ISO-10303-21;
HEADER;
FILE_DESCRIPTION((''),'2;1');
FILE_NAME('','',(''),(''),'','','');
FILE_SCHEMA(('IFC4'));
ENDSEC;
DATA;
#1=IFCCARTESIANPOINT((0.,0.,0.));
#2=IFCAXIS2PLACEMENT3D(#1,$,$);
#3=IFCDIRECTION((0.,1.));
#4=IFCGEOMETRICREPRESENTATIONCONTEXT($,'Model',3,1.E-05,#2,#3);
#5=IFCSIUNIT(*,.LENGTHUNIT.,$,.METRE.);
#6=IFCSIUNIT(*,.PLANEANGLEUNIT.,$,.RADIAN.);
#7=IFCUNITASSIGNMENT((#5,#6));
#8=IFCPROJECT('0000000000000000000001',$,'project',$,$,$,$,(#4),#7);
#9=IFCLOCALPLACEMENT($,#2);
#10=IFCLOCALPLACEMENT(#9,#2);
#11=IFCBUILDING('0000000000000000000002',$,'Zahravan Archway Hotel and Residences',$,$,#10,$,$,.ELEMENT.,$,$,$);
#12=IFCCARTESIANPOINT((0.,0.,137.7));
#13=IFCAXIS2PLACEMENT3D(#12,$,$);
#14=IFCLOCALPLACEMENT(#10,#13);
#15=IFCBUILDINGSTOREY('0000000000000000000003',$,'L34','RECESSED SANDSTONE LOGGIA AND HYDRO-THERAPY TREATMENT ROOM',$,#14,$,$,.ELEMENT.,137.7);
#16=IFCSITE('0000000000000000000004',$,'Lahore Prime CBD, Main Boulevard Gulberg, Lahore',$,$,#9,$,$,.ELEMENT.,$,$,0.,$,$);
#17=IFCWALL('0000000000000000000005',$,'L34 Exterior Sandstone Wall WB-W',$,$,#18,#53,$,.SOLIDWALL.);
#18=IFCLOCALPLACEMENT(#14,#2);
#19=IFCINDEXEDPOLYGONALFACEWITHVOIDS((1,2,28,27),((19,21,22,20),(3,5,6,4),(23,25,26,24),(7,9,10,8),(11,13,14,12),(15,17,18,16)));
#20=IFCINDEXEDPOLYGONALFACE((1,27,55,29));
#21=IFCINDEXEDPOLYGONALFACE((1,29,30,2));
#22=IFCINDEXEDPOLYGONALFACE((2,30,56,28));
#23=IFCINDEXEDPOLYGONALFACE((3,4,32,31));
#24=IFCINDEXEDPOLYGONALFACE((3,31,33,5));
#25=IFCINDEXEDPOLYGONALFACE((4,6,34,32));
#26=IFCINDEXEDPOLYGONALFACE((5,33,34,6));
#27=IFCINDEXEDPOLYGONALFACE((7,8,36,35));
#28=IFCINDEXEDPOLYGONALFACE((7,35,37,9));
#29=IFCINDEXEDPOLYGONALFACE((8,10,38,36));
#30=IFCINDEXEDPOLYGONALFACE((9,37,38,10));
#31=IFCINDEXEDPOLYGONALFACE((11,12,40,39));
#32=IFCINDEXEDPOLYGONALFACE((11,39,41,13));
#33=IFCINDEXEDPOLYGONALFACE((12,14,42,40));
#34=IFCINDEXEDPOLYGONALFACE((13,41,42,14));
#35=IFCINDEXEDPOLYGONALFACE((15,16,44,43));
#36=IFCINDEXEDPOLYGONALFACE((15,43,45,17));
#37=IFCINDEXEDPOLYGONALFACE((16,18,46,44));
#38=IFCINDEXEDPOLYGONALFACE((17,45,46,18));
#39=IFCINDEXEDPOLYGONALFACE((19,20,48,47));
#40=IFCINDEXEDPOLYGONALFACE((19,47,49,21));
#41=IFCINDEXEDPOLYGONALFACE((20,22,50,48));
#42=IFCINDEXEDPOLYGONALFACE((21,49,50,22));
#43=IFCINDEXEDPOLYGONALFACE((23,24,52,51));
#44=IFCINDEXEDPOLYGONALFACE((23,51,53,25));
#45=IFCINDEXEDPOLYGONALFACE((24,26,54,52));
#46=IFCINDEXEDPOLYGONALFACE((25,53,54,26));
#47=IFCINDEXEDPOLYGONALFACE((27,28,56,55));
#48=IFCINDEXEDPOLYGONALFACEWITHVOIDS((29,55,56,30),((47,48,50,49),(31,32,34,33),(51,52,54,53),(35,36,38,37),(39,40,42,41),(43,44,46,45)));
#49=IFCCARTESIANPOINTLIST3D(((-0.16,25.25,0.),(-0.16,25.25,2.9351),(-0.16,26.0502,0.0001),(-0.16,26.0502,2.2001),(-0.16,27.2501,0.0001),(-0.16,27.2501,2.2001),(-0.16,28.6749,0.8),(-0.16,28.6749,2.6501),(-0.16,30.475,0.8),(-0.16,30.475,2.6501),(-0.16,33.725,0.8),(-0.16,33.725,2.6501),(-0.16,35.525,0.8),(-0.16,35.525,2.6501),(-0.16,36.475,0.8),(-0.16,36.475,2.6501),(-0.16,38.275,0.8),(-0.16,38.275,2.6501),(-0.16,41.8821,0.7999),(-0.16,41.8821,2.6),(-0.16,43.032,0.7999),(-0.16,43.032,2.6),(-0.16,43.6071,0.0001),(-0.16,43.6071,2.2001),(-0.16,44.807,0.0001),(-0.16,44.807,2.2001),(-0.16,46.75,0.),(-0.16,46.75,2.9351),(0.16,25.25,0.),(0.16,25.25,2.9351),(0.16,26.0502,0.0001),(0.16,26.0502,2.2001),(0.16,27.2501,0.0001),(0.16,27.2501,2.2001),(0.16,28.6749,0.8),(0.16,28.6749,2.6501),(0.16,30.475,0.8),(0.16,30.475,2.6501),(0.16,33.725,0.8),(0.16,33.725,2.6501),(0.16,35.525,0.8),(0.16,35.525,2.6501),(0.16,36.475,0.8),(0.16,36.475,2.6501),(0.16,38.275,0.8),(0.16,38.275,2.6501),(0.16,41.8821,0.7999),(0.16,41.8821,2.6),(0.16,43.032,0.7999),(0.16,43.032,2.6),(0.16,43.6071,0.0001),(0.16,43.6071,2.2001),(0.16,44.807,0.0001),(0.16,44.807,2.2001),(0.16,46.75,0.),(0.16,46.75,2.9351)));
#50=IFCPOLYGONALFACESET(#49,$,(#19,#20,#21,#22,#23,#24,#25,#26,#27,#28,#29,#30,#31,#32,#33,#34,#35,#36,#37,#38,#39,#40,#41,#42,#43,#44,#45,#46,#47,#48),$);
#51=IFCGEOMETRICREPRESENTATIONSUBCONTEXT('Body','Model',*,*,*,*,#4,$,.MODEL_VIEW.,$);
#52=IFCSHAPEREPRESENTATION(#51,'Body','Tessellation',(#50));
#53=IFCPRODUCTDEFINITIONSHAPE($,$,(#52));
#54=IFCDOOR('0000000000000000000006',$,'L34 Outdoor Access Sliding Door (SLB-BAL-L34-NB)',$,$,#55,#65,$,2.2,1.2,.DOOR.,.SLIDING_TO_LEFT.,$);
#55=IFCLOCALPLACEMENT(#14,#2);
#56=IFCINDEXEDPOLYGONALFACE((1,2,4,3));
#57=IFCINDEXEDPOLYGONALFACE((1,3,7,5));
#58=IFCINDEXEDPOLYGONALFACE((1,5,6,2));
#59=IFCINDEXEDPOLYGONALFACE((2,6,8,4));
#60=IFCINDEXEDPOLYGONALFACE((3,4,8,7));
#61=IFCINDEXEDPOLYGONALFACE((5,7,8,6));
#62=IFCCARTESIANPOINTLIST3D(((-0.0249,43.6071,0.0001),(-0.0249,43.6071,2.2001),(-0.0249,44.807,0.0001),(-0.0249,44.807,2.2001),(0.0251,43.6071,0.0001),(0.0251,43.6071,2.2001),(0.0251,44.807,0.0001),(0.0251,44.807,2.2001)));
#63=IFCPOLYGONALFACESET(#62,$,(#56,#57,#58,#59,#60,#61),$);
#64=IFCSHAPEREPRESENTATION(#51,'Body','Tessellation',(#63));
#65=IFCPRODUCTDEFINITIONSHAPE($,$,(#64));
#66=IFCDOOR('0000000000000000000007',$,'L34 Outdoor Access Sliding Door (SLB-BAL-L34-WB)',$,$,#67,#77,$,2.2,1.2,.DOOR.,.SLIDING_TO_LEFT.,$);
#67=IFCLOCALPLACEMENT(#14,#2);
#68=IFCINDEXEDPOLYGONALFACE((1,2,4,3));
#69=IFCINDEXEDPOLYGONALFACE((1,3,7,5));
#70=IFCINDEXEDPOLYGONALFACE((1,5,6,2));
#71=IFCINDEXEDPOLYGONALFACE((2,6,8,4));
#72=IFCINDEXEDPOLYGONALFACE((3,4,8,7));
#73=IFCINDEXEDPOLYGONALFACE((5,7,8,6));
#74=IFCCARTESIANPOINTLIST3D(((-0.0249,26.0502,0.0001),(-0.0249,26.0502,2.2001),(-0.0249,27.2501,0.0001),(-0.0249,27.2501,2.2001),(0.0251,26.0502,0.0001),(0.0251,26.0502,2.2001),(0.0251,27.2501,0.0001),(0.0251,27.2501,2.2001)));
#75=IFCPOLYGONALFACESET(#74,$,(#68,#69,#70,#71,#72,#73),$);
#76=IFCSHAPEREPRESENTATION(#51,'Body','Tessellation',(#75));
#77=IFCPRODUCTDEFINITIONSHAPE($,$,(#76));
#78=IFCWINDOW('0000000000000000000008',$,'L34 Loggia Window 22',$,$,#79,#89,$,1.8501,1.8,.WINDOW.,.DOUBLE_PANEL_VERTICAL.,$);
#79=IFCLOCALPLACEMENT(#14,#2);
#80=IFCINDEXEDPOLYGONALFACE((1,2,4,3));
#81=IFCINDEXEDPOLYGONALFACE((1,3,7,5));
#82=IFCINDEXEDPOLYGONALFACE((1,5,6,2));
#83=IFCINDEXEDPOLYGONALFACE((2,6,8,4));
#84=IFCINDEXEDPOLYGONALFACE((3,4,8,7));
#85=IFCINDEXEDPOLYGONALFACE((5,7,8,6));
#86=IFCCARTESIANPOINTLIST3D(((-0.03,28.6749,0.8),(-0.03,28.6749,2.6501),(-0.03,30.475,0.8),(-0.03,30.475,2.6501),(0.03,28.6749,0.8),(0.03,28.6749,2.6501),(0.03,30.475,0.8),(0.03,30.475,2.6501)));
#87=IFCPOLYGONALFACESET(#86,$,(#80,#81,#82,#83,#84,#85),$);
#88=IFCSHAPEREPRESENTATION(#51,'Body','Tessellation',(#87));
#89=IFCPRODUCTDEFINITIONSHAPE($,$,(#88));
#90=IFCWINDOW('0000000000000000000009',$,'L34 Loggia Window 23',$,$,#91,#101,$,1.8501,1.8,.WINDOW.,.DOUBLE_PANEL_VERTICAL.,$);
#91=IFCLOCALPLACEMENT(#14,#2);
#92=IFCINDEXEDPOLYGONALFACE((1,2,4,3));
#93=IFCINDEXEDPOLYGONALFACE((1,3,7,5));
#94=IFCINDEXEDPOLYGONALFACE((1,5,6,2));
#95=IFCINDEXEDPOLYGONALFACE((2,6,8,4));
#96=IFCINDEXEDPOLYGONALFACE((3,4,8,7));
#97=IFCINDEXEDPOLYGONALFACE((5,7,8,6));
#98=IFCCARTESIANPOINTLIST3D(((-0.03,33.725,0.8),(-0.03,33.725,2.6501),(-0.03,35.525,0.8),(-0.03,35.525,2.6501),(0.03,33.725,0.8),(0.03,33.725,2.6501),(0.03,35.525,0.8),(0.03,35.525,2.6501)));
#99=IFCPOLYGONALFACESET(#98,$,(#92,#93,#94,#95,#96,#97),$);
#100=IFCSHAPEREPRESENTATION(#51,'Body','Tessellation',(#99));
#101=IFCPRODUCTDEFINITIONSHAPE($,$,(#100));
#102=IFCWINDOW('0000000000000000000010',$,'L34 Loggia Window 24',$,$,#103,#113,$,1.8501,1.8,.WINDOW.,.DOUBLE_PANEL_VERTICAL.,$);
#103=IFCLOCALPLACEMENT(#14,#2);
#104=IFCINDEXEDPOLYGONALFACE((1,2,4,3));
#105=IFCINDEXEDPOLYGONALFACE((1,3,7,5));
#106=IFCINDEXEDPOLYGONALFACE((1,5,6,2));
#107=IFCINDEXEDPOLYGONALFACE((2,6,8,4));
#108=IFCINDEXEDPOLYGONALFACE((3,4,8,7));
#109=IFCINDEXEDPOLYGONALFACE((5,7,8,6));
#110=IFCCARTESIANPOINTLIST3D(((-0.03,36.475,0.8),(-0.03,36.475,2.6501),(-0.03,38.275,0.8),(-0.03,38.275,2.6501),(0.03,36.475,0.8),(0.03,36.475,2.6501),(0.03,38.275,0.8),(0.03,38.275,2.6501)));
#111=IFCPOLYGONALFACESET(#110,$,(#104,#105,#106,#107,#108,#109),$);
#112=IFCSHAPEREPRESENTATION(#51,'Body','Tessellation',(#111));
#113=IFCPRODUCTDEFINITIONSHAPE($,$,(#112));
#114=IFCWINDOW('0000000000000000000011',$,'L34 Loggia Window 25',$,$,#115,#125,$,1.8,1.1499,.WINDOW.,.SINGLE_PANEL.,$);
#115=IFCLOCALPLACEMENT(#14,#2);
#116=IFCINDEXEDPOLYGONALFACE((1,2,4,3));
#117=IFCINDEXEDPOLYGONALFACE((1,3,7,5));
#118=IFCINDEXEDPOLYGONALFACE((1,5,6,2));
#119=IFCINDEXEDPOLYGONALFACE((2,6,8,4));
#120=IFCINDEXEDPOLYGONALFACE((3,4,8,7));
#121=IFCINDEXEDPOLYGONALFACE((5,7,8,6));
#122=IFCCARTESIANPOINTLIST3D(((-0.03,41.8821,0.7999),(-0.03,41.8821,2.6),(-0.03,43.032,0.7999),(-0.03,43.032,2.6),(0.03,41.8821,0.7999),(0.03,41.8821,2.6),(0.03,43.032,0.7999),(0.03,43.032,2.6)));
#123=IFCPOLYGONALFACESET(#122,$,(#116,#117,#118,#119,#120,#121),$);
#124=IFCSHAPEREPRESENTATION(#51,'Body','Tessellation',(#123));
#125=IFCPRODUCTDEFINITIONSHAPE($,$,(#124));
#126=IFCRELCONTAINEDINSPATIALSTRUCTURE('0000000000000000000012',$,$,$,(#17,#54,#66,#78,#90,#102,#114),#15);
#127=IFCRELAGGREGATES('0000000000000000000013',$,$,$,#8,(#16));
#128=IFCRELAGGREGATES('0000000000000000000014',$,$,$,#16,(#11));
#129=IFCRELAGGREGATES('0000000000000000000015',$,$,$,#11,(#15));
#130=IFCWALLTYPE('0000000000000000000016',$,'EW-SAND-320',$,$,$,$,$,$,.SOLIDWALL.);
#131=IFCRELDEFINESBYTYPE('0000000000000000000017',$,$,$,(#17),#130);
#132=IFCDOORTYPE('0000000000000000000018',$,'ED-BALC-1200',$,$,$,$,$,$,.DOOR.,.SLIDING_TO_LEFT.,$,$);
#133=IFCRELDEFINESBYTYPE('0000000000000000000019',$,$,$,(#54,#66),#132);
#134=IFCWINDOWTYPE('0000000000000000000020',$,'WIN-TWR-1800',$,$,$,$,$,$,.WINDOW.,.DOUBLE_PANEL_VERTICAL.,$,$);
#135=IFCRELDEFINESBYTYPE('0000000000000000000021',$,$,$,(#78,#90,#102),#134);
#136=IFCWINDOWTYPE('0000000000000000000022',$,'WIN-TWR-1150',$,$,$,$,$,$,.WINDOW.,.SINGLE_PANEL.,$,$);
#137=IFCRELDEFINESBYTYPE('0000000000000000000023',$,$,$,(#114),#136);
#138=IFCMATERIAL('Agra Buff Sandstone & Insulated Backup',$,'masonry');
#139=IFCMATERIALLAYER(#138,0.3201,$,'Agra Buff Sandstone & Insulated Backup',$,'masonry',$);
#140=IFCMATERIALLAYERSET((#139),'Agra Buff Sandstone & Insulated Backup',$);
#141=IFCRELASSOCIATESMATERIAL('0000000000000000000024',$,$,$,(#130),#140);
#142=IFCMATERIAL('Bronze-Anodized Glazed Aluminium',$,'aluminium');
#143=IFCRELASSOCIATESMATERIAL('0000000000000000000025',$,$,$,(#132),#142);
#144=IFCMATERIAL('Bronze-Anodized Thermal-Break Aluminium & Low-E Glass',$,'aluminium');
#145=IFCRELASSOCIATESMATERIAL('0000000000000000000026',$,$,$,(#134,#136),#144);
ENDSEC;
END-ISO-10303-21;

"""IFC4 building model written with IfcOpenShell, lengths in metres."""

from ifc_helpers import new_model, si_unit, direction, frame, frame_2d, origin, place, context, subcontext, project, spatial, rectangle, extrude, source, transform, mapped, material, layer, layer_set, type_object, type_shapes, element, fill, save


model = new_model("IFC4")

# Units and contexts
model_context = context("Model", 3, precision=1e-05, world=origin(), true_north=direction((0.0, 1.0)))
body_context = subcontext(model_context, "Body", "Model", "MODEL_VIEW")
ifc_project = project(units=[si_unit("LENGTHUNIT", "METRE"), si_unit("PLANEANGLEUNIT", "RADIAN")], contexts=[model_context])

# Site, building, storey
site_placement = place(None, origin())
site = spatial("IfcSite", under=ifc_project, at=site_placement, Name="Lahore Prime CBD, Main Boulevard Gulberg, Lahore", CompositionType="ELEMENT", RefElevation=0.0)
building_placement = place(site_placement, origin())
building = spatial("IfcBuilding", under=site, at=building_placement, Name="Zahravan Archway Hotel and Residences", CompositionType="ELEMENT")
storey_placement = place(building_placement, frame((0.0, 0.0, 137.7)))
storey = spatial("IfcBuildingStorey", under=building, at=storey_placement, Name="L34", Description="RECESSED SANDSTONE LOGGIA AND HYDRO-THERAPY TREATMENT ROOM", CompositionType="ELEMENT", Elevation=137.7)

# Shared definitions
ifc_material_1 = material(Name="Agra Buff Sandstone & Insulated Backup", Category="masonry")
ifc_layer_1 = layer(ifc_material_1, 0.3201, Name="Agra Buff Sandstone & Insulated Backup", Category="masonry")
ifc_layer_set_1 = layer_set([ifc_layer_1], Name="Agra Buff Sandstone & Insulated Backup")
wall_type_1 = type_object("IfcWallType", Name="EW-SAND-320", PredefinedType="SOLIDWALL", material=ifc_layer_set_1)
ifc_material_2 = material(Name="Bronze-Anodized Thermal-Break Aluminium & Low-E Glass", Category="aluminium")

# Wall, openings, doors, windows
wall_1_placement = place(storey_placement, frame((0.0, 25.25, 0.0), z_axis=(0.0, 0.0, 1.0), x_axis=(0.0, 1.0, 0.0)))
wall_1 = element("IfcWall", 1, at=wall_1_placement, inside=storey, type_object=wall_type_1, Name="L34 Exterior Sandstone Wall WB-W", PredefinedType="SOLIDWALL", context=body_context, shape_type="SweptSolid", body=[
    extrude(rectangle(XDim=21.5, YDim=0.3201, at=frame_2d((10.75, 0.0))), origin(), (0.0, 0.0, 1.0), 2.9351),
])
opening_1_placement = place(wall_1_placement, frame((18.3569, 0.0, 0.0)))
opening_1 = element("IfcOpeningElement", 2, at=opening_1_placement, cuts=wall_1, PredefinedType="OPENING", context=body_context, shape_type="SweptSolid", body=[
    extrude(rectangle(XDim=1.2, YDim=2.2, at=frame_2d((0.6001, 1.1001))), frame((0.0, 0.1699, 0.0), z_axis=(0.0, -1.0, 0.0), x_axis=(1.0, 0.0, 0.0)), (0.0, 0.0, 1.0), 0.3401),
])
opening_2_placement = place(wall_1_placement, frame((0.8, 0.0, 0.0)))
opening_2 = element("IfcOpeningElement", 3, at=opening_2_placement, cuts=wall_1, PredefinedType="OPENING", context=body_context, shape_type="SweptSolid", body=[
    extrude(rectangle(XDim=1.2, YDim=2.2, at=frame_2d((0.6001, 1.1001))), frame((0.0, 0.1699, 0.0), z_axis=(0.0, -1.0, 0.0), x_axis=(1.0, 0.0, 0.0)), (0.0, 0.0, 1.0), 0.3401),
])
opening_3_placement = place(wall_1_placement, frame((3.425, 0.0, 0.8)))
opening_3 = element("IfcOpeningElement", 4, at=opening_3_placement, cuts=wall_1, PredefinedType="OPENING", context=body_context, shape_type="SweptSolid", body=[
    extrude(rectangle(XDim=1.8, YDim=1.8501, at=frame_2d((0.8999, 0.925))), frame((0.0, 0.1699, 0.0), z_axis=(0.0, -1.0, 0.0), x_axis=(1.0, 0.0, 0.0)), (0.0, 0.0, 1.0), 0.3401),
])
opening_4_placement = place(wall_1_placement, frame((8.4751, 0.0, 0.8)))
opening_4 = element("IfcOpeningElement", 5, at=opening_4_placement, cuts=wall_1, PredefinedType="OPENING", context=body_context, shape_type="SweptSolid", body=[
    extrude(rectangle(XDim=1.8, YDim=1.8501, at=frame_2d((0.8999, 0.925))), frame((0.0, 0.1699, 0.0), z_axis=(0.0, -1.0, 0.0), x_axis=(1.0, 0.0, 0.0)), (0.0, 0.0, 1.0), 0.3401),
])
opening_5_placement = place(wall_1_placement, frame((11.2251, 0.0, 0.8)))
opening_5 = element("IfcOpeningElement", 6, at=opening_5_placement, cuts=wall_1, PredefinedType="OPENING", context=body_context, shape_type="SweptSolid", body=[
    extrude(rectangle(XDim=1.8, YDim=1.8501, at=frame_2d((0.8999, 0.925))), frame((0.0, 0.1699, 0.0), z_axis=(0.0, -1.0, 0.0), x_axis=(1.0, 0.0, 0.0)), (0.0, 0.0, 1.0), 0.3401),
])
opening_6_placement = place(wall_1_placement, frame((16.6321, 0.0, 0.8)))
opening_6 = element("IfcOpeningElement", 7, at=opening_6_placement, cuts=wall_1, PredefinedType="OPENING", context=body_context, shape_type="SweptSolid", body=[
    extrude(rectangle(XDim=1.1499, YDim=1.8, at=frame_2d((0.575, 0.8999))), frame((0.0, 0.1699, 0.0), z_axis=(0.0, -1.0, 0.0), x_axis=(1.0, 0.0, 0.0)), (0.0, 0.0, 1.0), 0.3401),
])
ifc_material_3 = material(Name="Bronze-Anodized Glazed Aluminium", Category="aluminium")
door_type_1 = type_object("IfcDoorType", Name="ED-BALC-1200", OperationType="SLIDING_TO_LEFT", PredefinedType="DOOR", material=ifc_material_3)
shared_shape_1 = source(origin(), body_context, "Body", "SweptSolid", [
    extrude(rectangle(XDim=1.2, YDim=2.2, at=frame_2d((0.6001, 1.1001))), frame((0.0, 0.0249, 0.0), z_axis=(0.0, -1.0, 0.0), x_axis=(1.0, 0.0, 0.0)), (0.0, 0.0, 1.0), 0.05),
])
type_shapes(door_type_1, [shared_shape_1])
door_1_placement = place(opening_1_placement, origin())
door_1 = element("IfcDoor", 8, at=door_1_placement, inside=storey, type_object=door_type_1, Name="L34 Outdoor Access Sliding Door (SLB-BAL-L34-NB)", OperationType="SLIDING_TO_LEFT", OverallHeight=2.2, OverallWidth=1.2, PredefinedType="DOOR", context=body_context, shape_type="MappedRepresentation", body=[
    mapped(shared_shape_1, transform((0.0, 0.0, 0.0), scale=1.0)),
])
fill(opening_1, door_1)
door_2_placement = place(opening_2_placement, origin())
door_2 = element("IfcDoor", 9, at=door_2_placement, inside=storey, type_object=door_type_1, Name="L34 Outdoor Access Sliding Door (SLB-BAL-L34-WB)", OperationType="SLIDING_TO_LEFT", OverallHeight=2.2, OverallWidth=1.2, PredefinedType="DOOR", context=body_context, shape_type="MappedRepresentation", body=[
    mapped(shared_shape_1, transform((0.0, 0.0, 0.0), scale=1.0)),
])
fill(opening_2, door_2)
window_type_1 = type_object("IfcWindowType", Name="WIN-TWR-1800", PartitioningType="DOUBLE_PANEL_VERTICAL", PredefinedType="WINDOW", material=ifc_material_2)
shared_shape_2 = source(origin(), body_context, "Body", "SweptSolid", [
    extrude(rectangle(XDim=1.8, YDim=1.8501, at=frame_2d((0.8999, 0.925))), frame((0.0, 0.03, 0.0), z_axis=(0.0, -1.0, 0.0), x_axis=(1.0, 0.0, 0.0)), (0.0, 0.0, 1.0), 0.0601),
])
type_shapes(window_type_1, [shared_shape_2])
window_1_placement = place(opening_3_placement, origin())
window_1 = element("IfcWindow", 10, at=window_1_placement, inside=storey, type_object=window_type_1, Name="L34 Loggia Window 22", OverallHeight=1.8501, OverallWidth=1.8, PartitioningType="DOUBLE_PANEL_VERTICAL", PredefinedType="WINDOW", context=body_context, shape_type="MappedRepresentation", body=[
    mapped(shared_shape_2, transform((0.0, 0.0, 0.0), scale=1.0)),
])
fill(opening_3, window_1)
window_2_placement = place(opening_4_placement, origin())
window_2 = element("IfcWindow", 11, at=window_2_placement, inside=storey, type_object=window_type_1, Name="L34 Loggia Window 23", OverallHeight=1.8501, OverallWidth=1.8, PartitioningType="DOUBLE_PANEL_VERTICAL", PredefinedType="WINDOW", context=body_context, shape_type="MappedRepresentation", body=[
    mapped(shared_shape_2, transform((0.0, 0.0, 0.0), scale=1.0)),
])
fill(opening_4, window_2)
window_3_placement = place(opening_5_placement, origin())
window_3 = element("IfcWindow", 12, at=window_3_placement, inside=storey, type_object=window_type_1, Name="L34 Loggia Window 24", OverallHeight=1.8501, OverallWidth=1.8, PartitioningType="DOUBLE_PANEL_VERTICAL", PredefinedType="WINDOW", context=body_context, shape_type="MappedRepresentation", body=[
    mapped(shared_shape_2, transform((0.0, 0.0, 0.0), scale=1.0)),
])
fill(opening_5, window_3)
window_type_2 = type_object("IfcWindowType", Name="WIN-TWR-1150", PartitioningType="SINGLE_PANEL", PredefinedType="WINDOW", material=ifc_material_2)
shared_shape_3 = source(origin(), body_context, "Body", "SweptSolid", [
    extrude(rectangle(XDim=1.1499, YDim=1.8, at=frame_2d((0.575, 0.8999))), frame((0.0, 0.03, 0.0), z_axis=(0.0, -1.0, 0.0), x_axis=(1.0, 0.0, 0.0)), (0.0, 0.0, 1.0), 0.0601),
])
type_shapes(window_type_2, [shared_shape_3])
window_4_placement = place(opening_6_placement, origin())
window_4 = element("IfcWindow", 13, at=window_4_placement, inside=storey, type_object=window_type_2, Name="L34 Loggia Window 25", OverallHeight=1.8, OverallWidth=1.1499, PartitioningType="SINGLE_PANEL", PredefinedType="WINDOW", context=body_context, shape_type="MappedRepresentation", body=[
    mapped(shared_shape_3, transform((0.0, 0.0, 0.0), scale=1.0)),
])
fill(opening_6, window_4)

save(model, "model.ifc")
